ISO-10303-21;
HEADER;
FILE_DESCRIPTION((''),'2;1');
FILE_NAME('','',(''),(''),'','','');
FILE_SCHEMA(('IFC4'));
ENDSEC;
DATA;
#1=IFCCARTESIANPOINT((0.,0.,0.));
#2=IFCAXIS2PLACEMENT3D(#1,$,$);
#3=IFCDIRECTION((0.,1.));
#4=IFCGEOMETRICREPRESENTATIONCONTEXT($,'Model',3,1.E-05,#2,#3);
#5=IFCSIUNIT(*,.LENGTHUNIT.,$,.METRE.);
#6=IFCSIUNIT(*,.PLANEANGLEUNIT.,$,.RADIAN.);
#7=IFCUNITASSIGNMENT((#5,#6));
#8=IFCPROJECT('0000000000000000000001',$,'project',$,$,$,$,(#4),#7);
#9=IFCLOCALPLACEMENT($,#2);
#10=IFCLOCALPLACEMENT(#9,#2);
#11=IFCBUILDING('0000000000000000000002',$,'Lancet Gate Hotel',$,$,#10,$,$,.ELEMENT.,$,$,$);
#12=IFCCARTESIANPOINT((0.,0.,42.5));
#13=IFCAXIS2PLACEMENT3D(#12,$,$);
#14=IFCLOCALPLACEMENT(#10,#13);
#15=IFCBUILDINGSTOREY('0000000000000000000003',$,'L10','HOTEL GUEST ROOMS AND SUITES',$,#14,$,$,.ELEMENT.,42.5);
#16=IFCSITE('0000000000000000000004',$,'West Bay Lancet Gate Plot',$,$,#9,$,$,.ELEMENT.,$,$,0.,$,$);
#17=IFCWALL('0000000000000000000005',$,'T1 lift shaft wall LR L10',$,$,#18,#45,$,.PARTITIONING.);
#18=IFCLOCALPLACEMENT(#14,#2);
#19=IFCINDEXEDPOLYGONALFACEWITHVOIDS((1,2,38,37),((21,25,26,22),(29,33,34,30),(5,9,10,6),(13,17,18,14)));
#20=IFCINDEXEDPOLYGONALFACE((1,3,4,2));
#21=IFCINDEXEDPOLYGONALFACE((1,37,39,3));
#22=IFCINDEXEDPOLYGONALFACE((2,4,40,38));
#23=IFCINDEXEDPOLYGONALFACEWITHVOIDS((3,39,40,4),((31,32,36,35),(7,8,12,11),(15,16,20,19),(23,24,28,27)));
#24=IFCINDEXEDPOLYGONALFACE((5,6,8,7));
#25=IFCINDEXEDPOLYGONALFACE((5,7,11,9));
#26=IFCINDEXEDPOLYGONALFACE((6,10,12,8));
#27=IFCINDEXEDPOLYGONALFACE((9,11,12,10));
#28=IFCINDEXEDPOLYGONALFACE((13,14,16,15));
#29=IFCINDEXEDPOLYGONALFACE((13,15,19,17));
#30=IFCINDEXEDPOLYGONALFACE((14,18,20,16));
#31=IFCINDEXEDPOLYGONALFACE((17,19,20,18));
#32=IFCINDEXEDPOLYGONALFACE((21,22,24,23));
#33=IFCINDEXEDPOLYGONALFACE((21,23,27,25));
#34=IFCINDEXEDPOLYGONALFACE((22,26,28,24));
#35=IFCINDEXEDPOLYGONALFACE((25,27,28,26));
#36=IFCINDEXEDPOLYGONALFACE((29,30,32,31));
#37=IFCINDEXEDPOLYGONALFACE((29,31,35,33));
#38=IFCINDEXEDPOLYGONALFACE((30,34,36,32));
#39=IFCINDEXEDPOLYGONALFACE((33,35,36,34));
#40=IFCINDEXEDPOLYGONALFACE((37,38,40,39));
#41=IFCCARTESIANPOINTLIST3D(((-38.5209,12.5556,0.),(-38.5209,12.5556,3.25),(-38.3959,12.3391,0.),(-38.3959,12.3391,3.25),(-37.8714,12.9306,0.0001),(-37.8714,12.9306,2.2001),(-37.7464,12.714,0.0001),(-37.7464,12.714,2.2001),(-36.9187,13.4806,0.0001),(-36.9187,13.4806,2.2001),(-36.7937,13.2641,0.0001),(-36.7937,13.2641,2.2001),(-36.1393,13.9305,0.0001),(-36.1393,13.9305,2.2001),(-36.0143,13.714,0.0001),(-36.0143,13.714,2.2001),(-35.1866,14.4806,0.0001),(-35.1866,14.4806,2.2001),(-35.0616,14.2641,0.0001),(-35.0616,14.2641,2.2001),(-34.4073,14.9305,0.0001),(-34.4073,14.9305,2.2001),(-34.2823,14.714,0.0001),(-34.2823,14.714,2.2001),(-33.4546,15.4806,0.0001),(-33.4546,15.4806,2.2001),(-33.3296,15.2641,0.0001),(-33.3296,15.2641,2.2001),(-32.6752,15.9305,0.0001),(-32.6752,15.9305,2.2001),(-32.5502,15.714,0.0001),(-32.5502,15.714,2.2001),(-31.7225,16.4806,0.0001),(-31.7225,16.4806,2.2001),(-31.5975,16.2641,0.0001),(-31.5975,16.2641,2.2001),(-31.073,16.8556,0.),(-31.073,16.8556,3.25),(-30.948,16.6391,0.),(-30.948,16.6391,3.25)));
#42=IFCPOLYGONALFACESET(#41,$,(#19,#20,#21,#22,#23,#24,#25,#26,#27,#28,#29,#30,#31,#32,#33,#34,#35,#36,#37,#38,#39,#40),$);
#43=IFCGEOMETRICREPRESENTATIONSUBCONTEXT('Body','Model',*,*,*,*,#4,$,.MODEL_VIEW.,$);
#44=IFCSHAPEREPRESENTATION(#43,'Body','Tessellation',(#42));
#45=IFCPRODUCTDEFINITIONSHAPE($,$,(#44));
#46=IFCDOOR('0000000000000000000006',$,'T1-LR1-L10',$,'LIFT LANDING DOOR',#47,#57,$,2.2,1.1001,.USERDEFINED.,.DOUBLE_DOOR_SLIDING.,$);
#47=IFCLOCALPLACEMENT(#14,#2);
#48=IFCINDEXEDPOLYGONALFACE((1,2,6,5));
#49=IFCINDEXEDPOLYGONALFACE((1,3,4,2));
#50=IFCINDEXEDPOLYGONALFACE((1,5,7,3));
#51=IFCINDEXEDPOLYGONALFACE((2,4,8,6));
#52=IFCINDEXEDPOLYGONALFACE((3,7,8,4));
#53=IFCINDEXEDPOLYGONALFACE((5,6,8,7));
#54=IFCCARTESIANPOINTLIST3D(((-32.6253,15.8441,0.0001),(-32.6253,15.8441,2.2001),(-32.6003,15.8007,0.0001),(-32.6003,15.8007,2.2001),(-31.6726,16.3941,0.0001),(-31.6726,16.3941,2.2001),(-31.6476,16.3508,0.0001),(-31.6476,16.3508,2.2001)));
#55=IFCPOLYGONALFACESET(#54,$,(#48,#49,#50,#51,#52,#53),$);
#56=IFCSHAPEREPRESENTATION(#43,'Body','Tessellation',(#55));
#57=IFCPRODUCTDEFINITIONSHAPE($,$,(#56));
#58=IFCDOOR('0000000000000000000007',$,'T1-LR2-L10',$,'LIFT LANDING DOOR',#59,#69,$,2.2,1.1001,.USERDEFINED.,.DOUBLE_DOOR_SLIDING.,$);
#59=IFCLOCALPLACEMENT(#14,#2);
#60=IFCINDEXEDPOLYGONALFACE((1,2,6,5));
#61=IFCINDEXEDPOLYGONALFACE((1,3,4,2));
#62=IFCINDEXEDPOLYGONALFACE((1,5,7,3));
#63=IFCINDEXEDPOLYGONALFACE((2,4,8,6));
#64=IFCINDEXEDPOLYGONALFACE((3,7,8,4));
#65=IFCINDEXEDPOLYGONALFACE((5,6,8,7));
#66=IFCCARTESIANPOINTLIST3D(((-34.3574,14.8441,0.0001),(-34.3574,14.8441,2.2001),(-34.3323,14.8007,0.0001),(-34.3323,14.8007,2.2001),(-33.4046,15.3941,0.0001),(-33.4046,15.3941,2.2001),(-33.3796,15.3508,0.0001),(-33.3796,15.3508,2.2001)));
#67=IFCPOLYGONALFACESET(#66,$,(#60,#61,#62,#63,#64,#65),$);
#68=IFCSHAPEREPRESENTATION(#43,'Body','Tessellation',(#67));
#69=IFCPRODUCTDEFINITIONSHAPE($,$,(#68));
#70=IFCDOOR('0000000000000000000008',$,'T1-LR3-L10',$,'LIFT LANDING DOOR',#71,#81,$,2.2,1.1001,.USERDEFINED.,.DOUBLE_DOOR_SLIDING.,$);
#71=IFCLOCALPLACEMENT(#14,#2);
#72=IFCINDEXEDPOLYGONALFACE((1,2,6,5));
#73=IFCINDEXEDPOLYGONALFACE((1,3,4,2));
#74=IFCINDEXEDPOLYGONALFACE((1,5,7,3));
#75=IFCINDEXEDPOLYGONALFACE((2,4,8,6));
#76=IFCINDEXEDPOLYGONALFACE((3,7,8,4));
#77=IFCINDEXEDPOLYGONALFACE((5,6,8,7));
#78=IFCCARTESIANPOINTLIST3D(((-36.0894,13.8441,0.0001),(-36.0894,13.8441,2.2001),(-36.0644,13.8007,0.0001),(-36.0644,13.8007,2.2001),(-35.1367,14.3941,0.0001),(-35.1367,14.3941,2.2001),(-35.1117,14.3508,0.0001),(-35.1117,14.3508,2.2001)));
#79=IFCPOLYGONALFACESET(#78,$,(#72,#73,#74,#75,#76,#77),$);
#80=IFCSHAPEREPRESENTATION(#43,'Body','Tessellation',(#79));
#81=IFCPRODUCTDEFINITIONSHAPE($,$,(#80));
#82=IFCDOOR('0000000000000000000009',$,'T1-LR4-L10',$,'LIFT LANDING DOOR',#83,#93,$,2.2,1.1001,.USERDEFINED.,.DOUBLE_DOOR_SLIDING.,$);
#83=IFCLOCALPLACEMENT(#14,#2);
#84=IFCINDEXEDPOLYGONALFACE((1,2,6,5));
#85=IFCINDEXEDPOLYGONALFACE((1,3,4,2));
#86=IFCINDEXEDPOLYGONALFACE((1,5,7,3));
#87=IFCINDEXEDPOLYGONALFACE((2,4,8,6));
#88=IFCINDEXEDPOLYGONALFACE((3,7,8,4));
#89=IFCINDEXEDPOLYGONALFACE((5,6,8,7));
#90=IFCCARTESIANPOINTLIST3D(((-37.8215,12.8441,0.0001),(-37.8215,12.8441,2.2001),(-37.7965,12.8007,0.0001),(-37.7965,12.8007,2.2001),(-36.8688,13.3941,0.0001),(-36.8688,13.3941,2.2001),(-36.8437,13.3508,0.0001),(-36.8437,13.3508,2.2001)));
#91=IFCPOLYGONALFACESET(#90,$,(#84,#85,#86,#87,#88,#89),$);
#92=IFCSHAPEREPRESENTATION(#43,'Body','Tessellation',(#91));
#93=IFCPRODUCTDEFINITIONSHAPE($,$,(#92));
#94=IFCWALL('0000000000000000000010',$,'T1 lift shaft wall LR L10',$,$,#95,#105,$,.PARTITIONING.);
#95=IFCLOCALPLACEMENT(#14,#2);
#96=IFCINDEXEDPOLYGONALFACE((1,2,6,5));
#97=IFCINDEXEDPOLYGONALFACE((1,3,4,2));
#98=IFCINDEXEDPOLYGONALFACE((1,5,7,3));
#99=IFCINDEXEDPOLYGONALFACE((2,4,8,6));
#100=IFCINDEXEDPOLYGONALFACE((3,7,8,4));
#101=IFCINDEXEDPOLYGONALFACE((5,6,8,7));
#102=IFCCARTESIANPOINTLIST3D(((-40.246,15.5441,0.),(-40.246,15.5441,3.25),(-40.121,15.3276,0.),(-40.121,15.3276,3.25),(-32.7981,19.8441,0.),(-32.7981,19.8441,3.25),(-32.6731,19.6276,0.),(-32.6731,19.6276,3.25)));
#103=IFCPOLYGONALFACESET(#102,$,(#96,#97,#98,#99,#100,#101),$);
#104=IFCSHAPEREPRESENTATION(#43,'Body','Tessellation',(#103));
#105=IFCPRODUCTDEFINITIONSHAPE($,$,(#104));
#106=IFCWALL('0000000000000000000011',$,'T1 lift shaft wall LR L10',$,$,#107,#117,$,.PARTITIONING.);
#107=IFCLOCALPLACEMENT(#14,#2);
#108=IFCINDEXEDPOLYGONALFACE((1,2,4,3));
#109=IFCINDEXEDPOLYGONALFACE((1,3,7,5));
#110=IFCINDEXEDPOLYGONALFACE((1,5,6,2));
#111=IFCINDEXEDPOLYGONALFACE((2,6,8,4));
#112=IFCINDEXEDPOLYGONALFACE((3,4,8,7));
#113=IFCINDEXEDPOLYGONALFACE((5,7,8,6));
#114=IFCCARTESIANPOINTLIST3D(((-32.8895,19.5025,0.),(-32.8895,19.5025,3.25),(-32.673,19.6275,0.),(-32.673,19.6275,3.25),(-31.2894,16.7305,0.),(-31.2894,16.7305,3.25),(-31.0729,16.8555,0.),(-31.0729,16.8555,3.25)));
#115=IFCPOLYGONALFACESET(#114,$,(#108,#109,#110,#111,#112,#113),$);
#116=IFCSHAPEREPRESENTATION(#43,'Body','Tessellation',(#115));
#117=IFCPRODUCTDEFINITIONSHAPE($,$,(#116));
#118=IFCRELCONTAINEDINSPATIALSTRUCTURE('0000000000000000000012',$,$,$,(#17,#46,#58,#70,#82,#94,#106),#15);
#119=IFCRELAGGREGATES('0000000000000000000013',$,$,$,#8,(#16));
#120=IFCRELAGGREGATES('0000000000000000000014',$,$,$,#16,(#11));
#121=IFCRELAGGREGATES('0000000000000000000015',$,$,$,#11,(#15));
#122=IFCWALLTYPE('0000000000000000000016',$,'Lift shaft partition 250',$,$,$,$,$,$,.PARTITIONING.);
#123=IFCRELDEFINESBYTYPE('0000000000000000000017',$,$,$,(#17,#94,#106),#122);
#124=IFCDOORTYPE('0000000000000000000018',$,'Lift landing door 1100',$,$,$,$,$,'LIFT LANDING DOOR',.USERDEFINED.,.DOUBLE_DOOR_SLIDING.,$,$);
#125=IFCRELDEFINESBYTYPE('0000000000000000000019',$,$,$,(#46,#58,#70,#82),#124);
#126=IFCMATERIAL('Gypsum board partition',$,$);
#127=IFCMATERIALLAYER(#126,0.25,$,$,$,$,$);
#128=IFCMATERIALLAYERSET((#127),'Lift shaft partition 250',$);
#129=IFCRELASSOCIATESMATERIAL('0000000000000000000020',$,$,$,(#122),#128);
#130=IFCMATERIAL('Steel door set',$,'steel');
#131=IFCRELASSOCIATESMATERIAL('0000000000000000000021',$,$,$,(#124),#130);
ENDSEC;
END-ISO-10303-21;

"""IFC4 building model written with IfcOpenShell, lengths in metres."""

from ifc_helpers import new_model, si_unit, direction, frame, frame_2d, origin, place, context, subcontext, project, spatial, rectangle, extrude, material, layer, layer_set, type_object, element, fill, save


model = new_model("IFC4")

# Units and contexts
model_context = context("Model", 3, precision=1e-05, world=origin(), true_north=direction((0.0, 1.0)))
body_context = subcontext(model_context, "Body", "Model", "MODEL_VIEW")
ifc_project = project(units=[si_unit("LENGTHUNIT", "METRE"), si_unit("PLANEANGLEUNIT", "RADIAN")], contexts=[model_context])

# Site, building, storey
site_placement = place(None, origin())
site = spatial("IfcSite", under=ifc_project, at=site_placement, Name="West Bay Lancet Gate Plot", CompositionType="ELEMENT", RefElevation=0.0)
building_placement = place(site_placement, origin())
building = spatial("IfcBuilding", under=site, at=building_placement, Name="Lancet Gate Hotel", CompositionType="ELEMENT")
storey_placement = place(building_placement, frame((0.0, 0.0, 42.5)))
storey = spatial("IfcBuildingStorey", under=building, at=storey_placement, Name="L10", Description="HOTEL GUEST ROOMS AND SUITES", CompositionType="ELEMENT", Elevation=42.5)

# Wall, openings, doors
ifc_material_1 = material(Name="Gypsum board partition")
ifc_layer_1 = layer(ifc_material_1, 0.25)
ifc_layer_set_1 = layer_set([ifc_layer_1], Name="Lift shaft partition 250")
wall_type = type_object("IfcWallType", Name="Lift shaft partition 250", PredefinedType="PARTITIONING", material=ifc_layer_set_1)
wall_1_placement = place(storey_placement, frame((-31.0105, 16.7473, 0.0), z_axis=(0.0, 0.0, 1.0), x_axis=(-0.866028, -0.499995, 0.0)))
wall_1 = element("IfcWall", 1, at=wall_1_placement, inside=storey, type_object=wall_type, Name="T1 lift shaft wall LR L10", PredefinedType="PARTITIONING", context=body_context, shape_type="SweptSolid", body=[
    extrude(rectangle(XDim=8.6001, YDim=0.25, at=frame_2d((4.3, 0.0))), origin(), (0.0, 0.0, 1.0), 3.25),
])
opening_1_placement = place(wall_1_placement, frame((0.75, 0.0, 0.0)))
opening_1 = element("IfcOpeningElement", 2, at=opening_1_placement, cuts=wall_1, PredefinedType="OPENING", context=body_context, shape_type="SweptSolid", body=[
    extrude(rectangle(XDim=1.1001, YDim=2.2, at=frame_2d((0.55, 1.1001))), frame((0.0, 0.135, 0.0), z_axis=(0.0, -1.0, 0.0), x_axis=(1.0, 0.0, 0.0)), (0.0, 0.0, 1.0), 0.27),
])
opening_2_placement = place(wall_1_placement, frame((2.75, 0.0, 0.0)))
opening_2 = element("IfcOpeningElement", 3, at=opening_2_placement, cuts=wall_1, PredefinedType="OPENING", context=body_context, shape_type="SweptSolid", body=[
    extrude(rectangle(XDim=1.1001, YDim=2.2, at=frame_2d((0.55, 1.1001))), frame((0.0, 0.135, 0.0), z_axis=(0.0, -1.0, 0.0), x_axis=(1.0, 0.0, 0.0)), (0.0, 0.0, 1.0), 0.27),
])
opening_3_placement = place(wall_1_placement, frame((4.75, 0.0, 0.0)))
opening_3 = element("IfcOpeningElement", 4, at=opening_3_placement, cuts=wall_1, PredefinedType="OPENING", context=body_context, shape_type="SweptSolid", body=[
    extrude(rectangle(XDim=1.1001, YDim=2.2, at=frame_2d((0.55, 1.1001))), frame((0.0, 0.135, 0.0), z_axis=(0.0, -1.0, 0.0), x_axis=(1.0, 0.0, 0.0)), (0.0, 0.0, 1.0), 0.27),
])
opening_4_placement = place(wall_1_placement, frame((6.75, 0.0, 0.0)))
opening_4 = element("IfcOpeningElement", 5, at=opening_4_placement, cuts=wall_1, PredefinedType="OPENING", context=body_context, shape_type="SweptSolid", body=[
    extrude(rectangle(XDim=1.1001, YDim=2.2, at=frame_2d((0.55, 1.1001))), frame((0.0, 0.135, 0.0), z_axis=(0.0, -1.0, 0.0), x_axis=(1.0, 0.0, 0.0)), (0.0, 0.0, 1.0), 0.27),
])
ifc_material_2 = material(Name="Steel door set", Category="steel")
door_type = type_object("IfcDoorType", Name="Lift landing door 1100", ElementType="LIFT LANDING DOOR", OperationType="DOUBLE_DOOR_SLIDING", PredefinedType="USERDEFINED", material=ifc_material_2)
door_1_placement = place(opening_1_placement, origin())
door_1 = element("IfcDoor", 6, at=door_1_placement, inside=storey, type_object=door_type, Name="T1-LR1-L10", ObjectType="LIFT LANDING DOOR", OperationType="DOUBLE_DOOR_SLIDING", OverallHeight=2.2, OverallWidth=1.1001, PredefinedType="USERDEFINED", context=body_context, shape_type="SweptSolid", body=[
    extrude(rectangle(XDim=1.1001, YDim=2.2, at=frame_2d((0.55, 1.1001))), frame((0.0, 0.0249, 0.0), z_axis=(0.0, -1.0, 0.0), x_axis=(1.0, 0.0, 0.0)), (0.0, 0.0, 1.0), 0.05),
])
fill(opening_1, door_1)
door_2_placement = place(opening_2_placement, origin())
door_2 = element("IfcDoor", 7, at=door_2_placement, inside=storey, type_object=door_type, Name="T1-LR2-L10", ObjectType="LIFT LANDING DOOR", OperationType="DOUBLE_DOOR_SLIDING", OverallHeight=2.2, OverallWidth=1.1001, PredefinedType="USERDEFINED", context=body_context, shape_type="SweptSolid", body=[
    extrude(rectangle(XDim=1.1001, YDim=2.2, at=frame_2d((0.55, 1.1001))), frame((0.0, 0.0249, 0.0), z_axis=(0.0, -1.0, 0.0), x_axis=(1.0, 0.0, 0.0)), (0.0, 0.0, 1.0), 0.05),
])
fill(opening_2, door_2)
door_3_placement = place(opening_3_placement, origin())
door_3 = element("IfcDoor", 8, at=door_3_placement, inside=storey, type_object=door_type, Name="T1-LR3-L10", ObjectType="LIFT LANDING DOOR", OperationType="DOUBLE_DOOR_SLIDING", OverallHeight=2.2, OverallWidth=1.1001, PredefinedType="USERDEFINED", context=body_context, shape_type="SweptSolid", body=[
    extrude(rectangle(XDim=1.1001, YDim=2.2, at=frame_2d((0.55, 1.1001))), frame((0.0, 0.0249, 0.0), z_axis=(0.0, -1.0, 0.0), x_axis=(1.0, 0.0, 0.0)), (0.0, 0.0, 1.0), 0.05),
])
fill(opening_3, door_3)
door_4_placement = place(opening_4_placement, origin())
door_4 = element("IfcDoor", 9, at=door_4_placement, inside=storey, type_object=door_type, Name="T1-LR4-L10", ObjectType="LIFT LANDING DOOR", OperationType="DOUBLE_DOOR_SLIDING", OverallHeight=2.2, OverallWidth=1.1001, PredefinedType="USERDEFINED", context=body_context, shape_type="SweptSolid", body=[
    extrude(rectangle(XDim=1.1001, YDim=2.2, at=frame_2d((0.55, 1.1001))), frame((0.0, 0.0249, 0.0), z_axis=(0.0, -1.0, 0.0), x_axis=(1.0, 0.0, 0.0)), (0.0, 0.0, 1.0), 0.05),
])
fill(opening_4, door_4)

# Walls
wall_2_placement = place(storey_placement, frame((-32.7356, 19.7358, 0.0), z_axis=(0.0, 0.0, 1.0), x_axis=(-0.866028, -0.499995, 0.0)))
element("IfcWall", 10, at=wall_2_placement, inside=storey, type_object=wall_type, Name="T1 lift shaft wall LR L10", PredefinedType="PARTITIONING", context=body_context, shape_type="SweptSolid", body=[
    extrude(rectangle(XDim=8.6001, YDim=0.25, at=frame_2d((4.3, 0.0))), origin(), (0.0, 0.0, 1.0), 3.25),
])
wall_3_placement = place(storey_placement, frame((-31.1812, 16.793, 0.0), z_axis=(0.0, 0.0, 1.0), x_axis=(-0.499929, 0.866066, 0.0)))
element("IfcWall", 11, at=wall_3_placement, inside=storey, type_object=wall_type, Name="T1 lift shaft wall LR L10", PredefinedType="PARTITIONING", context=body_context, shape_type="SweptSolid", body=[
    extrude(rectangle(XDim=3.2007, YDim=0.25, at=frame_2d((1.6003, 0.0))), origin(), (0.0, 0.0, 1.0), 3.25),
])

save(model, "model.ifc")
